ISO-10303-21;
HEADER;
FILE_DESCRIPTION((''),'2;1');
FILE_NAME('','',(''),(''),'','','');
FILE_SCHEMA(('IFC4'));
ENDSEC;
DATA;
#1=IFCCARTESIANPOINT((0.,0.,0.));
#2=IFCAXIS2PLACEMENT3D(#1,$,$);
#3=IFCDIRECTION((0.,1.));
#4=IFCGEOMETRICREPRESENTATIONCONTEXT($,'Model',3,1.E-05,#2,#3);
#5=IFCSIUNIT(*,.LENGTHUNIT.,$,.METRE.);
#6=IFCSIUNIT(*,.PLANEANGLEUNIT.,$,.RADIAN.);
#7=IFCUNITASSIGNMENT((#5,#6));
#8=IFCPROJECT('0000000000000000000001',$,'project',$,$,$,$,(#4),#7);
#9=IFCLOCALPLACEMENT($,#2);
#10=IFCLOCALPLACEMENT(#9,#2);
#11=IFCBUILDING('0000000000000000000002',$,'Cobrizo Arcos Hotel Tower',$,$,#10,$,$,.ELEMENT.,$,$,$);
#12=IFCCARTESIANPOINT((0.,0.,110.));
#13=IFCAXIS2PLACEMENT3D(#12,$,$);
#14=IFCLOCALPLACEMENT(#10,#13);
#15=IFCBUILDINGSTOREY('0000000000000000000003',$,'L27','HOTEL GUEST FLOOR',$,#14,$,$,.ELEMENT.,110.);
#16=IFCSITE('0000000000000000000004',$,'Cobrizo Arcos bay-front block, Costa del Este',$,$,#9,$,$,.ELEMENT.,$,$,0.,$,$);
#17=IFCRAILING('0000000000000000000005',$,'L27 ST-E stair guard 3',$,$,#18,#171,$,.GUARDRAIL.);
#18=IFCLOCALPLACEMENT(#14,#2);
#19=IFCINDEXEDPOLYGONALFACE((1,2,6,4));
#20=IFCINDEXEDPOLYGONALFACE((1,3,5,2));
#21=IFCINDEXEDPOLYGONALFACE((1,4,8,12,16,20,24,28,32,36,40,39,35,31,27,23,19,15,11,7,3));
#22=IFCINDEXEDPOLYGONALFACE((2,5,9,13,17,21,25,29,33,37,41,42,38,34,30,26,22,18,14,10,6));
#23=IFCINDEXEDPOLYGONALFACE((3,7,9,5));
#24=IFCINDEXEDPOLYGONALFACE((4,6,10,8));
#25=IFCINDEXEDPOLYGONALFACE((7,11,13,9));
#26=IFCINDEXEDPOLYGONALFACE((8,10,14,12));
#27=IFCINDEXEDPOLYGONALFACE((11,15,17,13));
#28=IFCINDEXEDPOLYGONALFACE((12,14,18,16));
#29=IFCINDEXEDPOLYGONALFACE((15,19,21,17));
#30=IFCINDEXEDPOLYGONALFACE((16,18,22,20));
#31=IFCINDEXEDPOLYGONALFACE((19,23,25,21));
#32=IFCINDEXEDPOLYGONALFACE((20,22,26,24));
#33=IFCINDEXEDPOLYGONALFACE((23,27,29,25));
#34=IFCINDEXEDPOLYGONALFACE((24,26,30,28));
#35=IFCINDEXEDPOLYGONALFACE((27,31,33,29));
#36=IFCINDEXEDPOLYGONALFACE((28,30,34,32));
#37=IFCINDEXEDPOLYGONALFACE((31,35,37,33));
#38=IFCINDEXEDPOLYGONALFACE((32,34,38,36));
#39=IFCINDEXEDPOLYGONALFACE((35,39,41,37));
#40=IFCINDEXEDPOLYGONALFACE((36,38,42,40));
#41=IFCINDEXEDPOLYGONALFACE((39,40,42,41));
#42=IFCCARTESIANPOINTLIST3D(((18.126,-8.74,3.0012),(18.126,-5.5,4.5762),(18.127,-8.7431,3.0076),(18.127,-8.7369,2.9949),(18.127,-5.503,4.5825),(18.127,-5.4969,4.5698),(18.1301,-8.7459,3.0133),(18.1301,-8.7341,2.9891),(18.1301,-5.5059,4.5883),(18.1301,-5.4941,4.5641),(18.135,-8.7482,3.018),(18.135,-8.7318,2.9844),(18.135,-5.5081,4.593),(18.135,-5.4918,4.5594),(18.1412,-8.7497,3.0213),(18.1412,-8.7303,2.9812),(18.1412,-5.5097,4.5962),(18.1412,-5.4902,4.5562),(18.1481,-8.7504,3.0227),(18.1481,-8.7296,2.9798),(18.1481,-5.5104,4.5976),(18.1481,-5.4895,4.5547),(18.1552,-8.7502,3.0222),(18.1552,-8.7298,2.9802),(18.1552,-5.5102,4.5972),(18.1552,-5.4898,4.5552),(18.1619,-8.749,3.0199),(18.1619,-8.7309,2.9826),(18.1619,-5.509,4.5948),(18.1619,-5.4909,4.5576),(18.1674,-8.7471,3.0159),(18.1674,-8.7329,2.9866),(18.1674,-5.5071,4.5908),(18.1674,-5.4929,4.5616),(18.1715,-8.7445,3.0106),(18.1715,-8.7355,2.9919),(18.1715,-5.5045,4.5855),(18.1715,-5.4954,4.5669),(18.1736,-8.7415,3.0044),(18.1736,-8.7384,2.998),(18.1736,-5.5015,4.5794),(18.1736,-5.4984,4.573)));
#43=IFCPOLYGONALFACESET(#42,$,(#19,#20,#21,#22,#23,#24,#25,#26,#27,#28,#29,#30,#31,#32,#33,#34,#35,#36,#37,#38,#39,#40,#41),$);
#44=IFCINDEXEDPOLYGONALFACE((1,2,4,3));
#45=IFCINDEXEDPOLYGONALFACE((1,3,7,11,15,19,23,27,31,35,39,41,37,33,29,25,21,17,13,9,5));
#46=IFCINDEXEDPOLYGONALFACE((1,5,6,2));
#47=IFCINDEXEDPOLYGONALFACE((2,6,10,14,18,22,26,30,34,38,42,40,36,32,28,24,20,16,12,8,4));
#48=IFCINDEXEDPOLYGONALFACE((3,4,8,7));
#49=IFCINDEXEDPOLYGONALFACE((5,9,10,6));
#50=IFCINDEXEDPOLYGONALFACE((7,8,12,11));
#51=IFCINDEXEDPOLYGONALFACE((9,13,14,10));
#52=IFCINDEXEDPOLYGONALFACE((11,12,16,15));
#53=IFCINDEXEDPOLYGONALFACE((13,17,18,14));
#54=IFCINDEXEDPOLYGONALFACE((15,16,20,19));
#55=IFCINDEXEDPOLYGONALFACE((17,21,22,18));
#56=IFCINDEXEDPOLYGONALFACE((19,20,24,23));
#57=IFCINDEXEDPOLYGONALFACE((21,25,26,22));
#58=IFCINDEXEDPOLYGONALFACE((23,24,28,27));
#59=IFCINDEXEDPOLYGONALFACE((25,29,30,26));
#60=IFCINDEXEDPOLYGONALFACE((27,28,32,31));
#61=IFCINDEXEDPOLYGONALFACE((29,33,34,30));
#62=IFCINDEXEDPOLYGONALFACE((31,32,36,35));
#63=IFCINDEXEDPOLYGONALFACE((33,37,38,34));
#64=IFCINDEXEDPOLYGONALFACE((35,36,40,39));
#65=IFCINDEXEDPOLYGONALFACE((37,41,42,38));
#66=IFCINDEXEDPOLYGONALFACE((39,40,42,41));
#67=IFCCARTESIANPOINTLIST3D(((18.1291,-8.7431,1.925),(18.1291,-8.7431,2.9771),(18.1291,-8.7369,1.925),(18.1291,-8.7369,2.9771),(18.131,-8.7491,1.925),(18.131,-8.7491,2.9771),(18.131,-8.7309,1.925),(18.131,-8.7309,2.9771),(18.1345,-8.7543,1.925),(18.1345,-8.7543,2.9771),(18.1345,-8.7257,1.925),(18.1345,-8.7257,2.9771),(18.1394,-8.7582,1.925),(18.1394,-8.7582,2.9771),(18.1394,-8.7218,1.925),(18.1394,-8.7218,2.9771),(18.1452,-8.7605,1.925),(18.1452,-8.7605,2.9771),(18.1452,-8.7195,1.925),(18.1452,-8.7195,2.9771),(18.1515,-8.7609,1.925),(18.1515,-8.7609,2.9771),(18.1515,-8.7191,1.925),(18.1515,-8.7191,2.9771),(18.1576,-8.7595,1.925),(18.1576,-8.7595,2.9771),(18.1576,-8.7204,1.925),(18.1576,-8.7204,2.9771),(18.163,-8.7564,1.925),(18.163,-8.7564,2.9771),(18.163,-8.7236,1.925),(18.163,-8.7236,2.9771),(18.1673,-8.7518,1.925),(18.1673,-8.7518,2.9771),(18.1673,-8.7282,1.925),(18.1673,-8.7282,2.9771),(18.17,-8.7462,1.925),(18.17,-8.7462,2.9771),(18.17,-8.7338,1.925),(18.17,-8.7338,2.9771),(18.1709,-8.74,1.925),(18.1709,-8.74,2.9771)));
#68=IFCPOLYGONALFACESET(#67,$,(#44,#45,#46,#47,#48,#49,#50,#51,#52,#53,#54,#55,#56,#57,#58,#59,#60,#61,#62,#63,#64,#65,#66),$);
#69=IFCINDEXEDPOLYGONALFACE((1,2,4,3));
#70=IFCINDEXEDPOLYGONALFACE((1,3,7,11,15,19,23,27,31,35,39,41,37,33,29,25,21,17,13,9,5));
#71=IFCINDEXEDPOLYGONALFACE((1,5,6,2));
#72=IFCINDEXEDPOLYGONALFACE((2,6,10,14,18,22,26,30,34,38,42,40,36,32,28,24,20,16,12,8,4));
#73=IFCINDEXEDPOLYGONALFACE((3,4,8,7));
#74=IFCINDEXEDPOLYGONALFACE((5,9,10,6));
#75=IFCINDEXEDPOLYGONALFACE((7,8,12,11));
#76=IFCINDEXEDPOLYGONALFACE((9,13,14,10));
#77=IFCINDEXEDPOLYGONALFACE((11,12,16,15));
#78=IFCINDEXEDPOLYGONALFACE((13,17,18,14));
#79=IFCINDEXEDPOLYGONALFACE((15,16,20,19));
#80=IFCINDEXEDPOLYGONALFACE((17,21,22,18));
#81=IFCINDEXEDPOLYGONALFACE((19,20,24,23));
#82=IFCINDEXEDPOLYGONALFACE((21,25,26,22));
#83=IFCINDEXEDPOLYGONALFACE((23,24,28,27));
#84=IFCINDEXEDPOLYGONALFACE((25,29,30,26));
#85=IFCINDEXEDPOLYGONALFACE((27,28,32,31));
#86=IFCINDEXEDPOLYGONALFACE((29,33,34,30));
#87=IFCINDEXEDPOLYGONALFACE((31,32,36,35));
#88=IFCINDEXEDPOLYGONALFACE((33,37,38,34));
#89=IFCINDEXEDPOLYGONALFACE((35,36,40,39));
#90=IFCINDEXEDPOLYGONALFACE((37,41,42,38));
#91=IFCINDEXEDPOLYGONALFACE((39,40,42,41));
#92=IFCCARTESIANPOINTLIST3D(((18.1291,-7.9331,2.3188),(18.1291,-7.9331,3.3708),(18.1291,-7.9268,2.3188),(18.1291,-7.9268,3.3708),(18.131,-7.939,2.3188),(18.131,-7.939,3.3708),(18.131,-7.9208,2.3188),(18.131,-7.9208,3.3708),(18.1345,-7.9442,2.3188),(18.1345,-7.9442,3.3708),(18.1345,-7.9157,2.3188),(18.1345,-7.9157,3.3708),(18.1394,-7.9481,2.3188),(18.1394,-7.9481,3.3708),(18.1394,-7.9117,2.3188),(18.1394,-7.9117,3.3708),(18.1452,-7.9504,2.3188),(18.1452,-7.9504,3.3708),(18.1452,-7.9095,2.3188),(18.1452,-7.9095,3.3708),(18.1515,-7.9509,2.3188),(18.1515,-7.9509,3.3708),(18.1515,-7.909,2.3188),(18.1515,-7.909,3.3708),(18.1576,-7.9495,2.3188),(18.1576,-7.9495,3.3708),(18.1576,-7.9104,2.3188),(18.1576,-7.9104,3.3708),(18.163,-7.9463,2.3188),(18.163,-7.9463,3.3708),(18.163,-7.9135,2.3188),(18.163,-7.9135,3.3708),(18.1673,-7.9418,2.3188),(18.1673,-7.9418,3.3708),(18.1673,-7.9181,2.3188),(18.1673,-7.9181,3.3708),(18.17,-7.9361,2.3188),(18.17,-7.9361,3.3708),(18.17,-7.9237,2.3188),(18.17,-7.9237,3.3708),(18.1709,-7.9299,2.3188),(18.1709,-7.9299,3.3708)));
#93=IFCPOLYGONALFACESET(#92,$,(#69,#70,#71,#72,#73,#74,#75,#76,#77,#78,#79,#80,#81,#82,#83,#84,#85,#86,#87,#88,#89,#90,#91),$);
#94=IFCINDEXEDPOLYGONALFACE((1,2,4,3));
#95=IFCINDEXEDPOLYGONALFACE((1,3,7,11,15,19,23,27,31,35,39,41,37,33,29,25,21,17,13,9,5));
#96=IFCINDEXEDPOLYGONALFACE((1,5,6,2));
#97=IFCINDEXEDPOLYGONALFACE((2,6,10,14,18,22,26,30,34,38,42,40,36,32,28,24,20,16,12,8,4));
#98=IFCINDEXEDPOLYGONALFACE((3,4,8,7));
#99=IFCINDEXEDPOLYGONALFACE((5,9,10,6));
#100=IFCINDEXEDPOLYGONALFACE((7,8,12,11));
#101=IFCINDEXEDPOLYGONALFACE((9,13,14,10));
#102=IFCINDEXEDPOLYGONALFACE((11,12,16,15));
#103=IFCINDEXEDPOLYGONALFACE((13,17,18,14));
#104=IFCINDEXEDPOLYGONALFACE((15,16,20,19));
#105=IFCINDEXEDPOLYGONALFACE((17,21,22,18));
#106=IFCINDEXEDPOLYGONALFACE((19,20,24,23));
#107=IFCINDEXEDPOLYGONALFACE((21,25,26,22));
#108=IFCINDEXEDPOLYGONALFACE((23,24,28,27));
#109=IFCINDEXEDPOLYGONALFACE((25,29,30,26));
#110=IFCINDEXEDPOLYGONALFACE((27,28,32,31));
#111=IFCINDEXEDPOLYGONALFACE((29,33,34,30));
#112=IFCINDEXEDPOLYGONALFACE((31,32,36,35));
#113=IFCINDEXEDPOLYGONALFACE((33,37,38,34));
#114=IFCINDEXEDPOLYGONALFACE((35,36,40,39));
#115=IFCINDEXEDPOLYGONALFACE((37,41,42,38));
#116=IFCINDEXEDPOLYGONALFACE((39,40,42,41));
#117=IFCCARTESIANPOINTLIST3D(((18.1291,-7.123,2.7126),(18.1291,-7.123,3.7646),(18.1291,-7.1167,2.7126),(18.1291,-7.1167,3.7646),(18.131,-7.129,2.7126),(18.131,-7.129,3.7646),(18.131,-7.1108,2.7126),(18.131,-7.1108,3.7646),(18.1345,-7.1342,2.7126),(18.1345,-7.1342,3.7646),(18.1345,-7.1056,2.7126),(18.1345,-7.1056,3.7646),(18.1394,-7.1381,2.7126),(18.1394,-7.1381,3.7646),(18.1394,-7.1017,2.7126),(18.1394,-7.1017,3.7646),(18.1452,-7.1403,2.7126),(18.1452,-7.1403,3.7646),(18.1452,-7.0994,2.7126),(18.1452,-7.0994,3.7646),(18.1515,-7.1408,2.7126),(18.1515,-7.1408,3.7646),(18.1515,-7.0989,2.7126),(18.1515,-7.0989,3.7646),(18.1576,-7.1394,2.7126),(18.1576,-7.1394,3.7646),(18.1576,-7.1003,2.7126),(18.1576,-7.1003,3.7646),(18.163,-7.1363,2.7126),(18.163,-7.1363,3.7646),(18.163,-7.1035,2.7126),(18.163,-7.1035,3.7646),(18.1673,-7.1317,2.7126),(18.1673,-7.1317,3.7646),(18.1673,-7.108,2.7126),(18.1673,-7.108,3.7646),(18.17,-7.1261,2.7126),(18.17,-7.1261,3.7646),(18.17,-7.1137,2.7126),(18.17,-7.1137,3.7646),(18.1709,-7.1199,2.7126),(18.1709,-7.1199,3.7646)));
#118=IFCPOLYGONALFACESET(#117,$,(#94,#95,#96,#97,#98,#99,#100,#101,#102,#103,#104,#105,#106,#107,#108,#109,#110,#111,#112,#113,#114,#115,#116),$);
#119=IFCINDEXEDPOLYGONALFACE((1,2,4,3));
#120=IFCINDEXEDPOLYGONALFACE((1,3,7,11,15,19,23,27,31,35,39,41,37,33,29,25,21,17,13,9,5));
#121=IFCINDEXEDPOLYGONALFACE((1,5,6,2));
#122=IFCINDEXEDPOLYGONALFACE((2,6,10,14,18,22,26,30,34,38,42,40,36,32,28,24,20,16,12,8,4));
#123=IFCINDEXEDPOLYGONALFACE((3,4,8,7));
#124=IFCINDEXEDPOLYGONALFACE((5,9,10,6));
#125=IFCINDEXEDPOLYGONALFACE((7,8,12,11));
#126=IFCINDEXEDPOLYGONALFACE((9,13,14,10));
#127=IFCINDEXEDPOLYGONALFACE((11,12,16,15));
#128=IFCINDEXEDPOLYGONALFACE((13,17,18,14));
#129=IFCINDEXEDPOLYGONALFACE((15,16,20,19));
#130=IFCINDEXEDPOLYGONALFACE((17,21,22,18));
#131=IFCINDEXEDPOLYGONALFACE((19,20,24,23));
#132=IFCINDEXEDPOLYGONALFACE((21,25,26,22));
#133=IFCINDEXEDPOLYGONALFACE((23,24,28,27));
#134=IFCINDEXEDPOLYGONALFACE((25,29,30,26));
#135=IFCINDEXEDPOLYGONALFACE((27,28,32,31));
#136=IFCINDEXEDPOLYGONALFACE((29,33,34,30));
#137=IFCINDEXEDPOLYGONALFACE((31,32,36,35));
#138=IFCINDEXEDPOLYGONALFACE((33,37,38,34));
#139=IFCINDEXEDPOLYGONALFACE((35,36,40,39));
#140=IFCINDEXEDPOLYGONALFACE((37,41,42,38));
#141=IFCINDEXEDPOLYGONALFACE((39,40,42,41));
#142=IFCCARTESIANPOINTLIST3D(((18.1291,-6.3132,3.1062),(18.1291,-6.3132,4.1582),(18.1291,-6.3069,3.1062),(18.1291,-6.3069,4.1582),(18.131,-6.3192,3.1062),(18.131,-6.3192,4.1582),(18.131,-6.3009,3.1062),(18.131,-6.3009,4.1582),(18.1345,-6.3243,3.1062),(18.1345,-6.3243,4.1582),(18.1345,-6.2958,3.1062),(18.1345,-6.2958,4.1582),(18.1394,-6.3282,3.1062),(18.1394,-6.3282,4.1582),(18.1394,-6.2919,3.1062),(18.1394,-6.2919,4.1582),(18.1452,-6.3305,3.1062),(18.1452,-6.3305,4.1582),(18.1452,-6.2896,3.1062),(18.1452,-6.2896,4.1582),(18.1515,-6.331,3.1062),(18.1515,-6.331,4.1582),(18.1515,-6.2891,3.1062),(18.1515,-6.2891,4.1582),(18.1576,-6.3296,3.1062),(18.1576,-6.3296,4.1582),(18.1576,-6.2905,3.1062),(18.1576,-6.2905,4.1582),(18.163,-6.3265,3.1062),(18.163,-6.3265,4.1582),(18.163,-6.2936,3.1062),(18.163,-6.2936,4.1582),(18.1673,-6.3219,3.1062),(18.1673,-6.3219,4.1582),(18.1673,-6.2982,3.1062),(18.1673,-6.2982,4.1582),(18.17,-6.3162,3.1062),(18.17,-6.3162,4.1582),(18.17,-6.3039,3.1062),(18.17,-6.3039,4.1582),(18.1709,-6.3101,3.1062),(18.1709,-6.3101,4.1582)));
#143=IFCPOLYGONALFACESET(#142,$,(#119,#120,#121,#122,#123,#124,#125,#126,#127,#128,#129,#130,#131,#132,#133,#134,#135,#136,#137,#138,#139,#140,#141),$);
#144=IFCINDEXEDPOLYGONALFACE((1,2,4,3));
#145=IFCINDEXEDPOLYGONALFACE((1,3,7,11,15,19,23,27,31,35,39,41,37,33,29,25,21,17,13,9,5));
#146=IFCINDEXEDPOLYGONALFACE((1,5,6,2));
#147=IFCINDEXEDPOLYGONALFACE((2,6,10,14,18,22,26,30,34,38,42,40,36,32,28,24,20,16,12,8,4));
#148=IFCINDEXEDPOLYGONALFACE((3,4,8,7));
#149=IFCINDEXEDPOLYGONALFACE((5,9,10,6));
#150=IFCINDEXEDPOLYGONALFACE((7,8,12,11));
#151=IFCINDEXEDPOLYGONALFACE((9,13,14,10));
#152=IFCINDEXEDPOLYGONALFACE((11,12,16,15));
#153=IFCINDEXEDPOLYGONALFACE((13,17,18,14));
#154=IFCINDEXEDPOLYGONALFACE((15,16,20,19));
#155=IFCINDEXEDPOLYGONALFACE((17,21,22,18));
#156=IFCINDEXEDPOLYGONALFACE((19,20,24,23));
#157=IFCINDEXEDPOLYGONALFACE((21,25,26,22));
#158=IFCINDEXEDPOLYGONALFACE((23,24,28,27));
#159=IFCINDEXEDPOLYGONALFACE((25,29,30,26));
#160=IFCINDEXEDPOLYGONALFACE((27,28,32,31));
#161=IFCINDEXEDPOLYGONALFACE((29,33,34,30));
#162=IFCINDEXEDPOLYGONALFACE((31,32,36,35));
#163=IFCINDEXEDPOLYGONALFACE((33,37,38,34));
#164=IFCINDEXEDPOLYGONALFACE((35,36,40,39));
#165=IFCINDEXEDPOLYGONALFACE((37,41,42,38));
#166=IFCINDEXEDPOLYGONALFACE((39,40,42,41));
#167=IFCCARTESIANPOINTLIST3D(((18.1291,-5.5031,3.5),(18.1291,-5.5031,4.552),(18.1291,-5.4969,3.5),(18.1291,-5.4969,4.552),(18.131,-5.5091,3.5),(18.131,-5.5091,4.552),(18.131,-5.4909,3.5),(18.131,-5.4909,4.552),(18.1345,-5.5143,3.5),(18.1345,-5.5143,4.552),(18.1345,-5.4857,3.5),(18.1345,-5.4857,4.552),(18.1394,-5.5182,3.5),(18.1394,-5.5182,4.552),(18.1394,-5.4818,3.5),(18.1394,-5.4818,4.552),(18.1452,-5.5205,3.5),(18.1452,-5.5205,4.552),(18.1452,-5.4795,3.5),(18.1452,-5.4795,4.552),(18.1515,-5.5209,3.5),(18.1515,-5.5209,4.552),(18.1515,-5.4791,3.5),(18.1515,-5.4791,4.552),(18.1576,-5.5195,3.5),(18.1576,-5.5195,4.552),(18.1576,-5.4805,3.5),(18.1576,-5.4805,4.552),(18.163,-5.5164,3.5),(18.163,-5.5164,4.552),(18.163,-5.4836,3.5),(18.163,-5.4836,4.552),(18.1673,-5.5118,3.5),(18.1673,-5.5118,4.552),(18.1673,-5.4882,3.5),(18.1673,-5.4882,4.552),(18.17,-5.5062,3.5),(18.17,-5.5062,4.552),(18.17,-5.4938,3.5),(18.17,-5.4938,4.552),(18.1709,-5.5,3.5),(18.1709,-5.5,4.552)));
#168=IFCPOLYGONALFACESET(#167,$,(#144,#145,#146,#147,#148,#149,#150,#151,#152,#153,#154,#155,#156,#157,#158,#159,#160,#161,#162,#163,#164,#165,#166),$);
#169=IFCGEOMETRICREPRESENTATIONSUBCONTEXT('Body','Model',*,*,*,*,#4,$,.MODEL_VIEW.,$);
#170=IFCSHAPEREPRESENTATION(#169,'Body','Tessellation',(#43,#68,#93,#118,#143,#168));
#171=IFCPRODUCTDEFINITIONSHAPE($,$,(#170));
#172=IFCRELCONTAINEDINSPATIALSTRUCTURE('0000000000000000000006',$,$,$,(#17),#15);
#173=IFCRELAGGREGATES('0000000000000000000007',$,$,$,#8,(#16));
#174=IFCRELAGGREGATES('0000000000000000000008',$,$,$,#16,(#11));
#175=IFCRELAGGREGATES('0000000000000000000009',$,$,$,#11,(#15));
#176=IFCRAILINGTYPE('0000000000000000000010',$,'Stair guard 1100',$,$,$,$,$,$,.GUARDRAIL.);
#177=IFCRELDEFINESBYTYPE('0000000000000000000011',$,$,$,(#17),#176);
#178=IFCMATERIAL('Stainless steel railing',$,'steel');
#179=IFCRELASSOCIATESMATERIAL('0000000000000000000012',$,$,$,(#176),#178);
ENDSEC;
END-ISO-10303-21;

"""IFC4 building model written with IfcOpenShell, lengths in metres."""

from ifc_helpers import new_model, si_unit, direction, frame, origin, origin_2d, place, context, subcontext, project, spatial, circle, extrude, material, type_object, element, save


model = new_model("IFC4")

# Units and contexts
model_context = context("Model", 3, precision=1e-05, world=origin(), true_north=direction((0.0, 1.0)))
body_context = subcontext(model_context, "Body", "Model", "MODEL_VIEW")
ifc_project = project(units=[si_unit("LENGTHUNIT", "METRE"), si_unit("PLANEANGLEUNIT", "RADIAN")], contexts=[model_context])

# Site, building, storey
site_placement = place(None, origin())
site = spatial("IfcSite", under=ifc_project, at=site_placement, Name="Cobrizo Arcos bay-front block, Costa del Este", CompositionType="ELEMENT", RefElevation=0.0)
building_placement = place(site_placement, origin())
building = spatial("IfcBuilding", under=site, at=building_placement, Name="Cobrizo Arcos Hotel Tower", CompositionType="ELEMENT")
storey_placement = place(building_placement, frame((0.0, 0.0, 110.0)))
storey = spatial("IfcBuildingStorey", under=building, at=storey_placement, Name="L27", Description="HOTEL GUEST FLOOR", CompositionType="ELEMENT", Elevation=110.0)

# Railing
ifc_material_1 = material(Name="Stainless steel railing", Category="steel")
railing_type_1 = type_object("IfcRailingType", Name="Stair guard 1100", PredefinedType="GUARDRAIL", material=ifc_material_1)
railing_1_placement = place(storey_placement, frame((18.1499, -8.74, 1.925)))
element("IfcRailing", 1, at=railing_1_placement, inside=storey, type_object=railing_type_1, Name="L27 ST-E stair guard 3", PredefinedType="GUARDRAIL", context=body_context, shape_type="SweptSolid", body=[
    extrude(circle(Radius=0.0239, at=origin_2d()), frame((0.0, 0.0, 1.0762), z_axis=(0.0, 0.899373, 0.437183), x_axis=(-1.0, 0.0, 0.0)), (0.0, 0.0, 1.0), 3.6025),
    extrude(circle(Radius=0.021, at=origin_2d()), origin(), (0.0, 0.0, 1.0), 1.052),
    extrude(circle(Radius=0.021, at=origin_2d()), frame((0.0, 0.8101, 0.3938)), (0.0, 0.0, 1.0), 1.052),
    extrude(circle(Radius=0.021, at=origin_2d()), frame((0.0, 1.6201, 0.7876)), (0.0, 0.0, 1.0), 1.052),
    extrude(circle(Radius=0.021, at=origin_2d()), frame((0.0, 2.4299, 1.1812)), (0.0, 0.0, 1.0), 1.052),
    extrude(circle(Radius=0.021, at=origin_2d()), frame((0.0, 3.24, 1.575)), (0.0, 0.0, 1.0), 1.052),
])

save(model, "model.ifc")
